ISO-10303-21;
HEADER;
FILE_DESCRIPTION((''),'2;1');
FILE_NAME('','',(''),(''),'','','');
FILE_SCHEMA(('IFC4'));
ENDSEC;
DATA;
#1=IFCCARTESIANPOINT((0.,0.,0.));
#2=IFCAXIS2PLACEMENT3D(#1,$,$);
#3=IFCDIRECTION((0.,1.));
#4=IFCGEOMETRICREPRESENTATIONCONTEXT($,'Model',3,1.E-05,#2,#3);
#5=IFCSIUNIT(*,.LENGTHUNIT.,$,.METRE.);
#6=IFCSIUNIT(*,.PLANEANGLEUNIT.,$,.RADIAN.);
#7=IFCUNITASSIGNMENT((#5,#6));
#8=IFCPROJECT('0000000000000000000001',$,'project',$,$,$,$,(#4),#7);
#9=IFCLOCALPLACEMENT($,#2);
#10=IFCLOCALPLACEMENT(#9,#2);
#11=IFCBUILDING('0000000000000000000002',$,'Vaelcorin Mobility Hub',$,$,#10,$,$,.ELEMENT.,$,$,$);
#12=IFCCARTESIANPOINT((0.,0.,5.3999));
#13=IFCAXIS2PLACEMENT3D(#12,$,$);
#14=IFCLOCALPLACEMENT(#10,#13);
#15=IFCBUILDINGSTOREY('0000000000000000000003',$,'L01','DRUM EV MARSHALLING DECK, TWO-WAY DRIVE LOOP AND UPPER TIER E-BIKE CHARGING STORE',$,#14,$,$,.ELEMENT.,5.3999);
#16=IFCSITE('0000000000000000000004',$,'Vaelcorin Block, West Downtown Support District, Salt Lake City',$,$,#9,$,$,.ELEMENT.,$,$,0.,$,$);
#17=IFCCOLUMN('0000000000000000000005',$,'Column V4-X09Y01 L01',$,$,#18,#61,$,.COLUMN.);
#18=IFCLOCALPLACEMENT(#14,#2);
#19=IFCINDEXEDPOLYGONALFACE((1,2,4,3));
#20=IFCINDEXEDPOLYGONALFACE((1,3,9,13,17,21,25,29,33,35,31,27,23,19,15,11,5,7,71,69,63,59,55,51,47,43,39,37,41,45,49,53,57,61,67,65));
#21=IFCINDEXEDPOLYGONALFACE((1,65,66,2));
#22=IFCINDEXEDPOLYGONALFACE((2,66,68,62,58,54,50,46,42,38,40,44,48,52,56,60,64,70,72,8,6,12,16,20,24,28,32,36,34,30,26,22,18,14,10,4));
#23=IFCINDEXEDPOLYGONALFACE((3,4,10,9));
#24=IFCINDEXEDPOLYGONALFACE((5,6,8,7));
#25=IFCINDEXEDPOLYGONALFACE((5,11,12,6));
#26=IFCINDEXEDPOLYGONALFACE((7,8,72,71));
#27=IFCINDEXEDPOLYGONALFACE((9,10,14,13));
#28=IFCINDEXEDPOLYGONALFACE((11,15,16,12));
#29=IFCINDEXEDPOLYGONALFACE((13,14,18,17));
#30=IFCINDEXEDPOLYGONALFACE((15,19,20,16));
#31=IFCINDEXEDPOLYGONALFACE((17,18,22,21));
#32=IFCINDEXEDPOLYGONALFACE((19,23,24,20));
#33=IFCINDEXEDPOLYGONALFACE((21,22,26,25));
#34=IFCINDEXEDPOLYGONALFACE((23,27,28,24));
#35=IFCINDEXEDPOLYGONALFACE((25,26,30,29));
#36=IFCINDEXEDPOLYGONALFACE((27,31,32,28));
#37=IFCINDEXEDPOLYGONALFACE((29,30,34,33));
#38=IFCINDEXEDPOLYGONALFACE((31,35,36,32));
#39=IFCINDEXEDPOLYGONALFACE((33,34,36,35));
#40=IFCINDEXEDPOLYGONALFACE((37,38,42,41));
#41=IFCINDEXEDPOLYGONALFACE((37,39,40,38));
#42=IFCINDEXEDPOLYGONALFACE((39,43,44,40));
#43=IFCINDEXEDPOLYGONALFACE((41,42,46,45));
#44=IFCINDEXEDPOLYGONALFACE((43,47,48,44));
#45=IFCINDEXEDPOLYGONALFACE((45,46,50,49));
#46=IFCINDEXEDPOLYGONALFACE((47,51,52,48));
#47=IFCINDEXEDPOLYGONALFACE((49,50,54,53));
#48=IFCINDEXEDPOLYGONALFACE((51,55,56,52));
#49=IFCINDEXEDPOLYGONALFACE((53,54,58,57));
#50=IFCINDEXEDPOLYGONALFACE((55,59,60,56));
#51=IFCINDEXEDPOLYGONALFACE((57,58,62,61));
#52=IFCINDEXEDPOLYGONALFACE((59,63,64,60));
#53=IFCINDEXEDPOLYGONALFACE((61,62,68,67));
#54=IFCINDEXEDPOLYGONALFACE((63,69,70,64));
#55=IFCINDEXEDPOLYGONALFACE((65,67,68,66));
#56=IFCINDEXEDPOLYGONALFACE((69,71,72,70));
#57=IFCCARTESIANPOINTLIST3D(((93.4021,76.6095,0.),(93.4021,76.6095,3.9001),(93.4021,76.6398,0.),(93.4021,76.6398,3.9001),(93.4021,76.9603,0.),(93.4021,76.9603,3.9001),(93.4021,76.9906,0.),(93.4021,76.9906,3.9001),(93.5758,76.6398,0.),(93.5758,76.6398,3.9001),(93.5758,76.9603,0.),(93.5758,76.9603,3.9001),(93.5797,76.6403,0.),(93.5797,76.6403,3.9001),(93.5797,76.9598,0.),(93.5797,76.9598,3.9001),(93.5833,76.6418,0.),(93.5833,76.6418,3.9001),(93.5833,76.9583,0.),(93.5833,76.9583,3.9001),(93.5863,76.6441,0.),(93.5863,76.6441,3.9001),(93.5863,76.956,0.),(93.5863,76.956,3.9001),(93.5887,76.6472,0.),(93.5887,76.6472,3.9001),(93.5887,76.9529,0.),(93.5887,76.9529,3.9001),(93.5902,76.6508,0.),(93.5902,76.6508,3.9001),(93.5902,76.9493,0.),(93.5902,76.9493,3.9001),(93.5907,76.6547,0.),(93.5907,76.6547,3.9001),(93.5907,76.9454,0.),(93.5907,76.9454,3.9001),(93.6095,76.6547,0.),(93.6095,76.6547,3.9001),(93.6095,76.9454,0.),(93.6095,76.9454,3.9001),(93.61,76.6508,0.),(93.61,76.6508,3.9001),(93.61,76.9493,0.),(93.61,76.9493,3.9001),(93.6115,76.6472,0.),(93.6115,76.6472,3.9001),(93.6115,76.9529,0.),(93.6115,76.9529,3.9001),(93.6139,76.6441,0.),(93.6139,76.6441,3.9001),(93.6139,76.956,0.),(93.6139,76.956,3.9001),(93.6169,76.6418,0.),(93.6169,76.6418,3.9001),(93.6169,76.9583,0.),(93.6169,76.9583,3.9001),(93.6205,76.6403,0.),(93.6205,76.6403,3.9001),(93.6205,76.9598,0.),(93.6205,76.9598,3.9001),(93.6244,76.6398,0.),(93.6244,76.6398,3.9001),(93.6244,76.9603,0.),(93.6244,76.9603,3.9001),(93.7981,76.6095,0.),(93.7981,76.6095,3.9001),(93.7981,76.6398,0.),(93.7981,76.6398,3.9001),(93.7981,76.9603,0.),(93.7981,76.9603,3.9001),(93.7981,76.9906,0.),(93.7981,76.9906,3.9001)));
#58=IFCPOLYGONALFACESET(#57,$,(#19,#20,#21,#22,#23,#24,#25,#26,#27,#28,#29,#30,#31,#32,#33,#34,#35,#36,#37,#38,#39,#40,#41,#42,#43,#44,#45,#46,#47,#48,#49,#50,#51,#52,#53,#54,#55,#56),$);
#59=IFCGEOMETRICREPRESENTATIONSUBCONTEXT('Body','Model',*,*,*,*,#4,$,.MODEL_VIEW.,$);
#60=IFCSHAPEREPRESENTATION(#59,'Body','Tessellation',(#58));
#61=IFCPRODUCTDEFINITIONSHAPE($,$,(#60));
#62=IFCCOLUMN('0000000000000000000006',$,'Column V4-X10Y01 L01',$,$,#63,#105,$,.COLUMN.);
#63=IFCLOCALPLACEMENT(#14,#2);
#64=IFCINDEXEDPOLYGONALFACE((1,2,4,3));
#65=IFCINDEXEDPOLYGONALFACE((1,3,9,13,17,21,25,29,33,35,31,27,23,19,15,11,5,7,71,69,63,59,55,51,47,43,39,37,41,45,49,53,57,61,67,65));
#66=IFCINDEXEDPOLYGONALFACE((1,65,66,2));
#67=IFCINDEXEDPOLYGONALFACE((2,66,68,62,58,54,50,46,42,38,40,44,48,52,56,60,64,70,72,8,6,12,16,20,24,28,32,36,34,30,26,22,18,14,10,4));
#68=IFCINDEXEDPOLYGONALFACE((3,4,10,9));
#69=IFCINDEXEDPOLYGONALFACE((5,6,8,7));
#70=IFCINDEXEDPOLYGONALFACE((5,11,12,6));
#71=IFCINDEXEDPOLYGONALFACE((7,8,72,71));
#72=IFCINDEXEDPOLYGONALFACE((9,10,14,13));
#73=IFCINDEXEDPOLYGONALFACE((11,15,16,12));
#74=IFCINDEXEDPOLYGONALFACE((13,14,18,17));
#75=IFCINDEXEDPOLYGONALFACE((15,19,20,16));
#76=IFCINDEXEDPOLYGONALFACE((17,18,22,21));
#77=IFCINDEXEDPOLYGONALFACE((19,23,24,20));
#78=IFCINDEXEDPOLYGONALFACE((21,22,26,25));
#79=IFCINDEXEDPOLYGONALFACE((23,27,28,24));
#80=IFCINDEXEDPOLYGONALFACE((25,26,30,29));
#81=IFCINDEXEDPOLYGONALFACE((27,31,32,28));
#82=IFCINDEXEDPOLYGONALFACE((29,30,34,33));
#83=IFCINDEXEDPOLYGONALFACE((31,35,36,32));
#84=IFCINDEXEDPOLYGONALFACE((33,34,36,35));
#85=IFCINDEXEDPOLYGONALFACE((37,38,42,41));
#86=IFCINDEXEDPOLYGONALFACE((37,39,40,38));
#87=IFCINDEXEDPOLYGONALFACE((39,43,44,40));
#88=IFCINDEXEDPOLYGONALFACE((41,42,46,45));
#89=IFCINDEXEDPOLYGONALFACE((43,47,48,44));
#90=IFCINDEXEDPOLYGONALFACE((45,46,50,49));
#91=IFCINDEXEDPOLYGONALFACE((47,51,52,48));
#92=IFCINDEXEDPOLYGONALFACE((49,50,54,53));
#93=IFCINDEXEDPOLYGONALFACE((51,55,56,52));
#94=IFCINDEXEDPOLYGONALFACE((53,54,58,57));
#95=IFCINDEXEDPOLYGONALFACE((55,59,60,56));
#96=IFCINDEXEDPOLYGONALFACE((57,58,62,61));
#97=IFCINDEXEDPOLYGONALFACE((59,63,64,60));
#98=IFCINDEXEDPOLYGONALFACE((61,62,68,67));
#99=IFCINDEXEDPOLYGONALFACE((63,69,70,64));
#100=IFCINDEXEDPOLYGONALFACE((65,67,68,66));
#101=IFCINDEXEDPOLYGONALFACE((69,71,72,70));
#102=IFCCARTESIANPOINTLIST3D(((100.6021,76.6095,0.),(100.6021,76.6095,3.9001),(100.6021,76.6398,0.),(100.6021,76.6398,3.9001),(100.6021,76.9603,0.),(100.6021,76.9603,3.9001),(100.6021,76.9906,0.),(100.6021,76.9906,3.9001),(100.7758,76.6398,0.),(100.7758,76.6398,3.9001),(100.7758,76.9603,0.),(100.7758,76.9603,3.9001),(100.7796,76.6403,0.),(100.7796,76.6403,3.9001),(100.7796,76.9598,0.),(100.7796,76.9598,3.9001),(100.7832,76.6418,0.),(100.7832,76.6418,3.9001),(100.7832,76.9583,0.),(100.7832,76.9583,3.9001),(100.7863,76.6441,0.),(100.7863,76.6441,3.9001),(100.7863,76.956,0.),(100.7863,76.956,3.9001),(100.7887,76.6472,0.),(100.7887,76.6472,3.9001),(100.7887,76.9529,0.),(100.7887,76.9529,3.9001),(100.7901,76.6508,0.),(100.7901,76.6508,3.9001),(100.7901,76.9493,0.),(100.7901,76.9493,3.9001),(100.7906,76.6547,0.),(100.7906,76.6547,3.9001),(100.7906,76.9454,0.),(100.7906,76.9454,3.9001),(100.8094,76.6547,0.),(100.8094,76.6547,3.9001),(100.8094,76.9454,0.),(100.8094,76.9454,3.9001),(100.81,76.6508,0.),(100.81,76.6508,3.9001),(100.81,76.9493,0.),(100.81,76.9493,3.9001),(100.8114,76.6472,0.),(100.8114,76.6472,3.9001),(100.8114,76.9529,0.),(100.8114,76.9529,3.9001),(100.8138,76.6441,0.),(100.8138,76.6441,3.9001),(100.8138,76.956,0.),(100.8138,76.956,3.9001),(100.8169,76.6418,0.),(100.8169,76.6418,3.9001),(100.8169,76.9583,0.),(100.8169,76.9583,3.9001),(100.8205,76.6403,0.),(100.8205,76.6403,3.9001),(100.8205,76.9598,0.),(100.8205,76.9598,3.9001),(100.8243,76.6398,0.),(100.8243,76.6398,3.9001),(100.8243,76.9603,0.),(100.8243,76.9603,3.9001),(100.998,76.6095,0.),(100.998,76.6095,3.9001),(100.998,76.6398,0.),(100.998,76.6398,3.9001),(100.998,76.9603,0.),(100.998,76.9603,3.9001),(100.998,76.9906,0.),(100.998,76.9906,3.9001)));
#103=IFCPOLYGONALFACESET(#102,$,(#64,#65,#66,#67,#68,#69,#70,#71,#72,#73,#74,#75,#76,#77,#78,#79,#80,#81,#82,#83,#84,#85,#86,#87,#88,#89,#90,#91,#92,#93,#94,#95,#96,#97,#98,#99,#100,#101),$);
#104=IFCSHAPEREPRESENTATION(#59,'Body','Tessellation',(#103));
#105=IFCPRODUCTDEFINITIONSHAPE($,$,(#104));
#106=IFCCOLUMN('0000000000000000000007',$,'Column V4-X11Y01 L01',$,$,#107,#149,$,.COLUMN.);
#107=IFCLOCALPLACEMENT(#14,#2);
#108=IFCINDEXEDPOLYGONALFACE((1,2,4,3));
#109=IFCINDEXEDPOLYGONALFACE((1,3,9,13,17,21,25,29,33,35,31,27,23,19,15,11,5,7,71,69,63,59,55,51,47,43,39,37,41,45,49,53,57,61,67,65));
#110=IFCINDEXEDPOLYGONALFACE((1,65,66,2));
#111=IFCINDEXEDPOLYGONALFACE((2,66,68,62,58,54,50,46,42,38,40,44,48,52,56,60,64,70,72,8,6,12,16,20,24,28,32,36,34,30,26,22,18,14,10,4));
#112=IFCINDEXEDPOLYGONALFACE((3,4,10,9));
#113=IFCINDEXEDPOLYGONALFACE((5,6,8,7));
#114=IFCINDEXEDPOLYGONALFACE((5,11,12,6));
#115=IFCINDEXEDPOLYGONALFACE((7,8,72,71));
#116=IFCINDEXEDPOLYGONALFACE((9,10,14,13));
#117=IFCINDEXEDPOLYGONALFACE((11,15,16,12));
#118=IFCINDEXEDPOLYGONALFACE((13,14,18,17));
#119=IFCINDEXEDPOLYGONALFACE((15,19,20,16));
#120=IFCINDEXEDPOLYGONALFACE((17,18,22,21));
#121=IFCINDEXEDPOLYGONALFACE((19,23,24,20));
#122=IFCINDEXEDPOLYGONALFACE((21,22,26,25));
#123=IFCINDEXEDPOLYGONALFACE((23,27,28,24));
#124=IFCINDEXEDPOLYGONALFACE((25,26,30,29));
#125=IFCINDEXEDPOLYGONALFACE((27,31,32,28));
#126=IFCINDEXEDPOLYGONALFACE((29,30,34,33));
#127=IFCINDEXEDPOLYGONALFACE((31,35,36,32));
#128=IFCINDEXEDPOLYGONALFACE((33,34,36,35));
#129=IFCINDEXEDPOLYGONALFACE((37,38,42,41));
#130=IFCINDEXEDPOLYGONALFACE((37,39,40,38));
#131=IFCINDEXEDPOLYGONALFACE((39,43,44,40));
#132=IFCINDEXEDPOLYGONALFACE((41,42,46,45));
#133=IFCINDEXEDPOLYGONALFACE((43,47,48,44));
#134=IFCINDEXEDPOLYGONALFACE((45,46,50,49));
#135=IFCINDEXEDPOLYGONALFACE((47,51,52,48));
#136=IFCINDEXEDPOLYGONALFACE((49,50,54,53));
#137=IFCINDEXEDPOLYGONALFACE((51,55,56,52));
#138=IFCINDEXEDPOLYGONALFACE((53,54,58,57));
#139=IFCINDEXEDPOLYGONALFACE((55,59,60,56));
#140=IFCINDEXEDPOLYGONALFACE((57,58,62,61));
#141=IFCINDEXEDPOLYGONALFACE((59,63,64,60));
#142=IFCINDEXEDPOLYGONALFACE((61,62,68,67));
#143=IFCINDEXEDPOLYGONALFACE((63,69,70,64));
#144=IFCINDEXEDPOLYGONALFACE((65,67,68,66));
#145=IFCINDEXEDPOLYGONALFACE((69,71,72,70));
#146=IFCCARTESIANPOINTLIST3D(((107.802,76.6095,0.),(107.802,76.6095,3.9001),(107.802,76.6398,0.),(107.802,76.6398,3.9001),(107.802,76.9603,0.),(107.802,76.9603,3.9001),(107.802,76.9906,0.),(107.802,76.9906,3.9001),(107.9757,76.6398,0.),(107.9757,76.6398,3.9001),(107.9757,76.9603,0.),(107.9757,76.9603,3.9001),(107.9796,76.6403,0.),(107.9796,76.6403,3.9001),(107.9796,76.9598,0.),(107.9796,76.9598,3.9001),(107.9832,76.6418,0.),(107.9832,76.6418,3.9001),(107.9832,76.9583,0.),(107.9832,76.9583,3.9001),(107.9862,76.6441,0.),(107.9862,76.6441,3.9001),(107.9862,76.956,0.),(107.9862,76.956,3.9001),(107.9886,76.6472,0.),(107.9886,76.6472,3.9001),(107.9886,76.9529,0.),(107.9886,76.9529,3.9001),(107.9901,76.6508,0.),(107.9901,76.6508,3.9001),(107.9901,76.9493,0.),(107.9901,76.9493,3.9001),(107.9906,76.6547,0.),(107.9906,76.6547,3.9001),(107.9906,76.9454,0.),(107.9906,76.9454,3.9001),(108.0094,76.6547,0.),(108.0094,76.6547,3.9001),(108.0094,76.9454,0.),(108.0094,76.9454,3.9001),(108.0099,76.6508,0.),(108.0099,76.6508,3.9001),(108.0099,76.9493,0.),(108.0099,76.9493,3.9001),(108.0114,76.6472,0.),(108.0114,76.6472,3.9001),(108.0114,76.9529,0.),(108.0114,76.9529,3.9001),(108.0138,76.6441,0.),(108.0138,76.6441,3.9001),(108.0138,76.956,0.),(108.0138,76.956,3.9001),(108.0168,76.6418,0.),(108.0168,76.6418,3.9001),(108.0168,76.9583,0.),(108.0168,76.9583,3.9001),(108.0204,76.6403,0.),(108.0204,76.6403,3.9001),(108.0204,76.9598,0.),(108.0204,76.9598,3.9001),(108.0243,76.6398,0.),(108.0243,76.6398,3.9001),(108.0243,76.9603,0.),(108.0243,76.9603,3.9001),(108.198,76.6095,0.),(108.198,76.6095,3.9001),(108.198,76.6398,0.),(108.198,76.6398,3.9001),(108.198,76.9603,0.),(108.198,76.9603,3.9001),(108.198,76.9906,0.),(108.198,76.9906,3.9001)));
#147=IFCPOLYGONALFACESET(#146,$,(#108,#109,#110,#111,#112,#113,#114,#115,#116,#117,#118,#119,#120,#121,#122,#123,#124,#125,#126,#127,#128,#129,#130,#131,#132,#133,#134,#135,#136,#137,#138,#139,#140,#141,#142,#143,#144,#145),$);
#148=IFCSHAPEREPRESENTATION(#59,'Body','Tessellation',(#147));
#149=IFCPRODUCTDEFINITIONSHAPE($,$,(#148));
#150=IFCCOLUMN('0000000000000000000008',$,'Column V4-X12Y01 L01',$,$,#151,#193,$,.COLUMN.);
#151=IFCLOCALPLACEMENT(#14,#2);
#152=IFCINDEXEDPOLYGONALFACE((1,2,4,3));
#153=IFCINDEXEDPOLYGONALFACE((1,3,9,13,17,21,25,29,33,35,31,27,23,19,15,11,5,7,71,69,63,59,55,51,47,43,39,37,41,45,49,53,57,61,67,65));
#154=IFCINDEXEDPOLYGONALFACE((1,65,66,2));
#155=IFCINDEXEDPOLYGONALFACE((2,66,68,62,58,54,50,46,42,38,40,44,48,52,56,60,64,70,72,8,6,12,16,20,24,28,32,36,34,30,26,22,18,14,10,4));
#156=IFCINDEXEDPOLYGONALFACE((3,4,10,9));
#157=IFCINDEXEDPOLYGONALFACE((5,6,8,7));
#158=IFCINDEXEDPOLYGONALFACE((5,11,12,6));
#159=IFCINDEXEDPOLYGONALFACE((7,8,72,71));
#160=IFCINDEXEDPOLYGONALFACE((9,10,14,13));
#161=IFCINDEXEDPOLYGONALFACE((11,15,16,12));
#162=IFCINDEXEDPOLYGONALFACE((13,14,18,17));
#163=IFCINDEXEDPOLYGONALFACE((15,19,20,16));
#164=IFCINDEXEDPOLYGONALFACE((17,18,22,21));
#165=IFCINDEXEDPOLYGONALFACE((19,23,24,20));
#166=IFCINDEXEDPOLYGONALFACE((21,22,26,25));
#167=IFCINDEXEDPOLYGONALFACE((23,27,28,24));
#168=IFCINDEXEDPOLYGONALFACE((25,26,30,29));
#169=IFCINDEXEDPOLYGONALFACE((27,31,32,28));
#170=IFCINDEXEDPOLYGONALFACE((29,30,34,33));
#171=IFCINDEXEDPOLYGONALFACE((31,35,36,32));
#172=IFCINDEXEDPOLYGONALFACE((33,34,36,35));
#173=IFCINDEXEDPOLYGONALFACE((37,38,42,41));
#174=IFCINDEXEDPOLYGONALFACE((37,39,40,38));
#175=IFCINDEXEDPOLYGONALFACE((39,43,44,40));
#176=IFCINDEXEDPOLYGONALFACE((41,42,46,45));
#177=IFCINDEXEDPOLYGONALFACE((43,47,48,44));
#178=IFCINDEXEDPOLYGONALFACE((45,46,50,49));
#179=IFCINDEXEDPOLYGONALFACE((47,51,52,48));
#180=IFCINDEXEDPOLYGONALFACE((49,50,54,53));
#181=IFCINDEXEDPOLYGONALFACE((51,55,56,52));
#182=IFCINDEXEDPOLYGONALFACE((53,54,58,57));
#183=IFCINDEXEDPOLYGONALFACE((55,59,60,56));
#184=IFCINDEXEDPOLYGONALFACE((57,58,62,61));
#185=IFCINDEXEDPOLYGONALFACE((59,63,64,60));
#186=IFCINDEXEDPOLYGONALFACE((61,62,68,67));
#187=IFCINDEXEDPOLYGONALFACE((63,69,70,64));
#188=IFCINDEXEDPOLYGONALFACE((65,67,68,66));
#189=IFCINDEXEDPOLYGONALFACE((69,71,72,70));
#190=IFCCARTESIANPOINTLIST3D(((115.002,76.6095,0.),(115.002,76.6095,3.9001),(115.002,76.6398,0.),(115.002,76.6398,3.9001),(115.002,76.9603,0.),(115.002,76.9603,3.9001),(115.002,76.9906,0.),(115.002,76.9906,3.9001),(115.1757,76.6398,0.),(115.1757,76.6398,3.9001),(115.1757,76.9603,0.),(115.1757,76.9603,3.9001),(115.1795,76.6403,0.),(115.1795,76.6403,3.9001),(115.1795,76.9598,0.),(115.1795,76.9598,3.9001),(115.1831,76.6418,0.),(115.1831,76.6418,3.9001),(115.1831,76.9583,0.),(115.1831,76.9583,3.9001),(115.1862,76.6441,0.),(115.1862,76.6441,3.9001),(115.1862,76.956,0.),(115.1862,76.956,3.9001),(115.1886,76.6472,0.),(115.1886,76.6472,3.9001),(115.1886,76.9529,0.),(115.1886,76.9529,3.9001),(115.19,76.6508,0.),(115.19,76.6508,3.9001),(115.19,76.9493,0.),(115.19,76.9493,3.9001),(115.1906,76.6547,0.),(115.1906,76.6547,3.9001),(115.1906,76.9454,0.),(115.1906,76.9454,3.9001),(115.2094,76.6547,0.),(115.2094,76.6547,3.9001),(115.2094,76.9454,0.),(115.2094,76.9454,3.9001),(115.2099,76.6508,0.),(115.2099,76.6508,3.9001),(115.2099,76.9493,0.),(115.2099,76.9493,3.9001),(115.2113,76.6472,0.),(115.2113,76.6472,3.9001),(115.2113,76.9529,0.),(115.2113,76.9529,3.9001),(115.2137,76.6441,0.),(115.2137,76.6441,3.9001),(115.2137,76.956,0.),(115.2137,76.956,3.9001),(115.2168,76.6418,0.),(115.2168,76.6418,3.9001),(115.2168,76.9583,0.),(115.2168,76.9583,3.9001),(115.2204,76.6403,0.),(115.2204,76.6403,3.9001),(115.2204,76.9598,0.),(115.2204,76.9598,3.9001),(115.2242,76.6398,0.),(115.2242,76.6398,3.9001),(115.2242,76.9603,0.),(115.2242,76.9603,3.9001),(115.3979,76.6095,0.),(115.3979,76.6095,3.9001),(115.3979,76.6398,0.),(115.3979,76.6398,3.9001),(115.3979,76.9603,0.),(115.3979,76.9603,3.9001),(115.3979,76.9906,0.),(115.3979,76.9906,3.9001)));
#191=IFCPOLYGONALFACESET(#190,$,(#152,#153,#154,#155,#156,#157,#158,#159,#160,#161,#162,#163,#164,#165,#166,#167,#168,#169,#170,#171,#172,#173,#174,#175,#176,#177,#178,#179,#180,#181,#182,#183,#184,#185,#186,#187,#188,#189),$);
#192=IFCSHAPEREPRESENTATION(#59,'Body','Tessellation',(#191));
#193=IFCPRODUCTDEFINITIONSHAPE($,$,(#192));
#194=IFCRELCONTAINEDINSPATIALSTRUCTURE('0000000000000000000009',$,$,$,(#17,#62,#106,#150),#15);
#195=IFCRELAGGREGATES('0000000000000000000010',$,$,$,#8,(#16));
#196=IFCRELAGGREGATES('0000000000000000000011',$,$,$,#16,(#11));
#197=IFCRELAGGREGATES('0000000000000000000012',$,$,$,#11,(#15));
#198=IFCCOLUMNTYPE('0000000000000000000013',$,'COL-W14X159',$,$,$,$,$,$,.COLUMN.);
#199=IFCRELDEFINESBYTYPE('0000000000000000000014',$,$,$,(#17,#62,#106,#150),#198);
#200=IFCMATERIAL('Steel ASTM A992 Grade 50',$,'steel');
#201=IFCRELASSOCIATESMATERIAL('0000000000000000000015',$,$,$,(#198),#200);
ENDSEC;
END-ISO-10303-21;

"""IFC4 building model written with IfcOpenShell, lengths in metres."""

from ifc_helpers import new_model, si_unit, direction, frame, origin, origin_2d, place, context, subcontext, project, spatial, i_section, extrude, material, material_profile, profile_set, type_object, element, save


model = new_model("IFC4")

# Units and contexts
model_context = context("Model", 3, precision=1e-05, world=origin(), true_north=direction((0.0, 1.0)))
body_context = subcontext(model_context, "Body", "Model", "MODEL_VIEW")
ifc_project = project(units=[si_unit("LENGTHUNIT", "METRE"), si_unit("PLANEANGLEUNIT", "RADIAN")], contexts=[model_context])

# Site, building, storey
site_placement = place(None, origin())
site = spatial("IfcSite", under=ifc_project, at=site_placement, Name="Vaelcorin Block, West Downtown Support District, Salt Lake City", CompositionType="ELEMENT", RefElevation=0.0)
building_placement = place(site_placement, origin())
building = spatial("IfcBuilding", under=site, at=building_placement, Name="Vaelcorin Mobility Hub", CompositionType="ELEMENT")
storey_placement = place(building_placement, frame((0.0, 0.0, 5.3999)))
storey = spatial("IfcBuildingStorey", under=building, at=storey_placement, Name="L01", Description="DRUM EV MARSHALLING DECK, TWO-WAY DRIVE LOOP AND UPPER TIER E-BIKE CHARGING STORE", CompositionType="ELEMENT", Elevation=5.3999)

# Columns
ifc_material_1 = material(Name="Steel ASTM A992 Grade 50", Category="steel")
ifc_material_profile_1 = material_profile(ifc_material_1, i_section(OverallWidth=0.396, OverallDepth=0.3811, WebThickness=0.0188, FlangeThickness=0.0303, FilletRadius=0.0149, at=origin_2d()), Name="W14X159")
ifc_profile_set_1 = profile_set([ifc_material_profile_1], Name="Steel ASTM A992 Grade 50")
column_type_1 = type_object("IfcColumnType", Name="COL-W14X159", PredefinedType="COLUMN", material=ifc_profile_set_1)
for number, where, z_axis, x_axis, name in (
    (1, (93.6001, 76.8, 0.0), (0.0, 0.0, 1.0), (1.0, 0.0, 0.0), "Column V4-X09Y01 L01"),
    (2, (100.8, 76.8, 0.0), (0.0, 0.0, 1.0), (1.0, 0.0, 0.0), "Column V4-X10Y01 L01"),
    (3, (108.0, 76.8, 0.0), (0.0, 0.0, 1.0), (1.0, 0.0, 0.0), "Column V4-X11Y01 L01"),
    (4, (115.2, 76.8, 0.0), (0.0, 0.0, 1.0), (1.0, 0.0, 0.0), "Column V4-X12Y01 L01"),
):
    element("IfcColumn", number, at=place(storey_placement, frame(where, z_axis=z_axis, x_axis=x_axis)), inside=storey, type_object=column_type_1, Name=name, PredefinedType="COLUMN", context=body_context, shape_type="SweptSolid", body=[
        extrude(i_section(OverallWidth=0.396, OverallDepth=0.3811, WebThickness=0.0188, FlangeThickness=0.0303, FilletRadius=0.0149, at=origin_2d()), origin(), (0.0, 0.0, 1.0), 3.9001),
    ])

save(model, "model.ifc")
